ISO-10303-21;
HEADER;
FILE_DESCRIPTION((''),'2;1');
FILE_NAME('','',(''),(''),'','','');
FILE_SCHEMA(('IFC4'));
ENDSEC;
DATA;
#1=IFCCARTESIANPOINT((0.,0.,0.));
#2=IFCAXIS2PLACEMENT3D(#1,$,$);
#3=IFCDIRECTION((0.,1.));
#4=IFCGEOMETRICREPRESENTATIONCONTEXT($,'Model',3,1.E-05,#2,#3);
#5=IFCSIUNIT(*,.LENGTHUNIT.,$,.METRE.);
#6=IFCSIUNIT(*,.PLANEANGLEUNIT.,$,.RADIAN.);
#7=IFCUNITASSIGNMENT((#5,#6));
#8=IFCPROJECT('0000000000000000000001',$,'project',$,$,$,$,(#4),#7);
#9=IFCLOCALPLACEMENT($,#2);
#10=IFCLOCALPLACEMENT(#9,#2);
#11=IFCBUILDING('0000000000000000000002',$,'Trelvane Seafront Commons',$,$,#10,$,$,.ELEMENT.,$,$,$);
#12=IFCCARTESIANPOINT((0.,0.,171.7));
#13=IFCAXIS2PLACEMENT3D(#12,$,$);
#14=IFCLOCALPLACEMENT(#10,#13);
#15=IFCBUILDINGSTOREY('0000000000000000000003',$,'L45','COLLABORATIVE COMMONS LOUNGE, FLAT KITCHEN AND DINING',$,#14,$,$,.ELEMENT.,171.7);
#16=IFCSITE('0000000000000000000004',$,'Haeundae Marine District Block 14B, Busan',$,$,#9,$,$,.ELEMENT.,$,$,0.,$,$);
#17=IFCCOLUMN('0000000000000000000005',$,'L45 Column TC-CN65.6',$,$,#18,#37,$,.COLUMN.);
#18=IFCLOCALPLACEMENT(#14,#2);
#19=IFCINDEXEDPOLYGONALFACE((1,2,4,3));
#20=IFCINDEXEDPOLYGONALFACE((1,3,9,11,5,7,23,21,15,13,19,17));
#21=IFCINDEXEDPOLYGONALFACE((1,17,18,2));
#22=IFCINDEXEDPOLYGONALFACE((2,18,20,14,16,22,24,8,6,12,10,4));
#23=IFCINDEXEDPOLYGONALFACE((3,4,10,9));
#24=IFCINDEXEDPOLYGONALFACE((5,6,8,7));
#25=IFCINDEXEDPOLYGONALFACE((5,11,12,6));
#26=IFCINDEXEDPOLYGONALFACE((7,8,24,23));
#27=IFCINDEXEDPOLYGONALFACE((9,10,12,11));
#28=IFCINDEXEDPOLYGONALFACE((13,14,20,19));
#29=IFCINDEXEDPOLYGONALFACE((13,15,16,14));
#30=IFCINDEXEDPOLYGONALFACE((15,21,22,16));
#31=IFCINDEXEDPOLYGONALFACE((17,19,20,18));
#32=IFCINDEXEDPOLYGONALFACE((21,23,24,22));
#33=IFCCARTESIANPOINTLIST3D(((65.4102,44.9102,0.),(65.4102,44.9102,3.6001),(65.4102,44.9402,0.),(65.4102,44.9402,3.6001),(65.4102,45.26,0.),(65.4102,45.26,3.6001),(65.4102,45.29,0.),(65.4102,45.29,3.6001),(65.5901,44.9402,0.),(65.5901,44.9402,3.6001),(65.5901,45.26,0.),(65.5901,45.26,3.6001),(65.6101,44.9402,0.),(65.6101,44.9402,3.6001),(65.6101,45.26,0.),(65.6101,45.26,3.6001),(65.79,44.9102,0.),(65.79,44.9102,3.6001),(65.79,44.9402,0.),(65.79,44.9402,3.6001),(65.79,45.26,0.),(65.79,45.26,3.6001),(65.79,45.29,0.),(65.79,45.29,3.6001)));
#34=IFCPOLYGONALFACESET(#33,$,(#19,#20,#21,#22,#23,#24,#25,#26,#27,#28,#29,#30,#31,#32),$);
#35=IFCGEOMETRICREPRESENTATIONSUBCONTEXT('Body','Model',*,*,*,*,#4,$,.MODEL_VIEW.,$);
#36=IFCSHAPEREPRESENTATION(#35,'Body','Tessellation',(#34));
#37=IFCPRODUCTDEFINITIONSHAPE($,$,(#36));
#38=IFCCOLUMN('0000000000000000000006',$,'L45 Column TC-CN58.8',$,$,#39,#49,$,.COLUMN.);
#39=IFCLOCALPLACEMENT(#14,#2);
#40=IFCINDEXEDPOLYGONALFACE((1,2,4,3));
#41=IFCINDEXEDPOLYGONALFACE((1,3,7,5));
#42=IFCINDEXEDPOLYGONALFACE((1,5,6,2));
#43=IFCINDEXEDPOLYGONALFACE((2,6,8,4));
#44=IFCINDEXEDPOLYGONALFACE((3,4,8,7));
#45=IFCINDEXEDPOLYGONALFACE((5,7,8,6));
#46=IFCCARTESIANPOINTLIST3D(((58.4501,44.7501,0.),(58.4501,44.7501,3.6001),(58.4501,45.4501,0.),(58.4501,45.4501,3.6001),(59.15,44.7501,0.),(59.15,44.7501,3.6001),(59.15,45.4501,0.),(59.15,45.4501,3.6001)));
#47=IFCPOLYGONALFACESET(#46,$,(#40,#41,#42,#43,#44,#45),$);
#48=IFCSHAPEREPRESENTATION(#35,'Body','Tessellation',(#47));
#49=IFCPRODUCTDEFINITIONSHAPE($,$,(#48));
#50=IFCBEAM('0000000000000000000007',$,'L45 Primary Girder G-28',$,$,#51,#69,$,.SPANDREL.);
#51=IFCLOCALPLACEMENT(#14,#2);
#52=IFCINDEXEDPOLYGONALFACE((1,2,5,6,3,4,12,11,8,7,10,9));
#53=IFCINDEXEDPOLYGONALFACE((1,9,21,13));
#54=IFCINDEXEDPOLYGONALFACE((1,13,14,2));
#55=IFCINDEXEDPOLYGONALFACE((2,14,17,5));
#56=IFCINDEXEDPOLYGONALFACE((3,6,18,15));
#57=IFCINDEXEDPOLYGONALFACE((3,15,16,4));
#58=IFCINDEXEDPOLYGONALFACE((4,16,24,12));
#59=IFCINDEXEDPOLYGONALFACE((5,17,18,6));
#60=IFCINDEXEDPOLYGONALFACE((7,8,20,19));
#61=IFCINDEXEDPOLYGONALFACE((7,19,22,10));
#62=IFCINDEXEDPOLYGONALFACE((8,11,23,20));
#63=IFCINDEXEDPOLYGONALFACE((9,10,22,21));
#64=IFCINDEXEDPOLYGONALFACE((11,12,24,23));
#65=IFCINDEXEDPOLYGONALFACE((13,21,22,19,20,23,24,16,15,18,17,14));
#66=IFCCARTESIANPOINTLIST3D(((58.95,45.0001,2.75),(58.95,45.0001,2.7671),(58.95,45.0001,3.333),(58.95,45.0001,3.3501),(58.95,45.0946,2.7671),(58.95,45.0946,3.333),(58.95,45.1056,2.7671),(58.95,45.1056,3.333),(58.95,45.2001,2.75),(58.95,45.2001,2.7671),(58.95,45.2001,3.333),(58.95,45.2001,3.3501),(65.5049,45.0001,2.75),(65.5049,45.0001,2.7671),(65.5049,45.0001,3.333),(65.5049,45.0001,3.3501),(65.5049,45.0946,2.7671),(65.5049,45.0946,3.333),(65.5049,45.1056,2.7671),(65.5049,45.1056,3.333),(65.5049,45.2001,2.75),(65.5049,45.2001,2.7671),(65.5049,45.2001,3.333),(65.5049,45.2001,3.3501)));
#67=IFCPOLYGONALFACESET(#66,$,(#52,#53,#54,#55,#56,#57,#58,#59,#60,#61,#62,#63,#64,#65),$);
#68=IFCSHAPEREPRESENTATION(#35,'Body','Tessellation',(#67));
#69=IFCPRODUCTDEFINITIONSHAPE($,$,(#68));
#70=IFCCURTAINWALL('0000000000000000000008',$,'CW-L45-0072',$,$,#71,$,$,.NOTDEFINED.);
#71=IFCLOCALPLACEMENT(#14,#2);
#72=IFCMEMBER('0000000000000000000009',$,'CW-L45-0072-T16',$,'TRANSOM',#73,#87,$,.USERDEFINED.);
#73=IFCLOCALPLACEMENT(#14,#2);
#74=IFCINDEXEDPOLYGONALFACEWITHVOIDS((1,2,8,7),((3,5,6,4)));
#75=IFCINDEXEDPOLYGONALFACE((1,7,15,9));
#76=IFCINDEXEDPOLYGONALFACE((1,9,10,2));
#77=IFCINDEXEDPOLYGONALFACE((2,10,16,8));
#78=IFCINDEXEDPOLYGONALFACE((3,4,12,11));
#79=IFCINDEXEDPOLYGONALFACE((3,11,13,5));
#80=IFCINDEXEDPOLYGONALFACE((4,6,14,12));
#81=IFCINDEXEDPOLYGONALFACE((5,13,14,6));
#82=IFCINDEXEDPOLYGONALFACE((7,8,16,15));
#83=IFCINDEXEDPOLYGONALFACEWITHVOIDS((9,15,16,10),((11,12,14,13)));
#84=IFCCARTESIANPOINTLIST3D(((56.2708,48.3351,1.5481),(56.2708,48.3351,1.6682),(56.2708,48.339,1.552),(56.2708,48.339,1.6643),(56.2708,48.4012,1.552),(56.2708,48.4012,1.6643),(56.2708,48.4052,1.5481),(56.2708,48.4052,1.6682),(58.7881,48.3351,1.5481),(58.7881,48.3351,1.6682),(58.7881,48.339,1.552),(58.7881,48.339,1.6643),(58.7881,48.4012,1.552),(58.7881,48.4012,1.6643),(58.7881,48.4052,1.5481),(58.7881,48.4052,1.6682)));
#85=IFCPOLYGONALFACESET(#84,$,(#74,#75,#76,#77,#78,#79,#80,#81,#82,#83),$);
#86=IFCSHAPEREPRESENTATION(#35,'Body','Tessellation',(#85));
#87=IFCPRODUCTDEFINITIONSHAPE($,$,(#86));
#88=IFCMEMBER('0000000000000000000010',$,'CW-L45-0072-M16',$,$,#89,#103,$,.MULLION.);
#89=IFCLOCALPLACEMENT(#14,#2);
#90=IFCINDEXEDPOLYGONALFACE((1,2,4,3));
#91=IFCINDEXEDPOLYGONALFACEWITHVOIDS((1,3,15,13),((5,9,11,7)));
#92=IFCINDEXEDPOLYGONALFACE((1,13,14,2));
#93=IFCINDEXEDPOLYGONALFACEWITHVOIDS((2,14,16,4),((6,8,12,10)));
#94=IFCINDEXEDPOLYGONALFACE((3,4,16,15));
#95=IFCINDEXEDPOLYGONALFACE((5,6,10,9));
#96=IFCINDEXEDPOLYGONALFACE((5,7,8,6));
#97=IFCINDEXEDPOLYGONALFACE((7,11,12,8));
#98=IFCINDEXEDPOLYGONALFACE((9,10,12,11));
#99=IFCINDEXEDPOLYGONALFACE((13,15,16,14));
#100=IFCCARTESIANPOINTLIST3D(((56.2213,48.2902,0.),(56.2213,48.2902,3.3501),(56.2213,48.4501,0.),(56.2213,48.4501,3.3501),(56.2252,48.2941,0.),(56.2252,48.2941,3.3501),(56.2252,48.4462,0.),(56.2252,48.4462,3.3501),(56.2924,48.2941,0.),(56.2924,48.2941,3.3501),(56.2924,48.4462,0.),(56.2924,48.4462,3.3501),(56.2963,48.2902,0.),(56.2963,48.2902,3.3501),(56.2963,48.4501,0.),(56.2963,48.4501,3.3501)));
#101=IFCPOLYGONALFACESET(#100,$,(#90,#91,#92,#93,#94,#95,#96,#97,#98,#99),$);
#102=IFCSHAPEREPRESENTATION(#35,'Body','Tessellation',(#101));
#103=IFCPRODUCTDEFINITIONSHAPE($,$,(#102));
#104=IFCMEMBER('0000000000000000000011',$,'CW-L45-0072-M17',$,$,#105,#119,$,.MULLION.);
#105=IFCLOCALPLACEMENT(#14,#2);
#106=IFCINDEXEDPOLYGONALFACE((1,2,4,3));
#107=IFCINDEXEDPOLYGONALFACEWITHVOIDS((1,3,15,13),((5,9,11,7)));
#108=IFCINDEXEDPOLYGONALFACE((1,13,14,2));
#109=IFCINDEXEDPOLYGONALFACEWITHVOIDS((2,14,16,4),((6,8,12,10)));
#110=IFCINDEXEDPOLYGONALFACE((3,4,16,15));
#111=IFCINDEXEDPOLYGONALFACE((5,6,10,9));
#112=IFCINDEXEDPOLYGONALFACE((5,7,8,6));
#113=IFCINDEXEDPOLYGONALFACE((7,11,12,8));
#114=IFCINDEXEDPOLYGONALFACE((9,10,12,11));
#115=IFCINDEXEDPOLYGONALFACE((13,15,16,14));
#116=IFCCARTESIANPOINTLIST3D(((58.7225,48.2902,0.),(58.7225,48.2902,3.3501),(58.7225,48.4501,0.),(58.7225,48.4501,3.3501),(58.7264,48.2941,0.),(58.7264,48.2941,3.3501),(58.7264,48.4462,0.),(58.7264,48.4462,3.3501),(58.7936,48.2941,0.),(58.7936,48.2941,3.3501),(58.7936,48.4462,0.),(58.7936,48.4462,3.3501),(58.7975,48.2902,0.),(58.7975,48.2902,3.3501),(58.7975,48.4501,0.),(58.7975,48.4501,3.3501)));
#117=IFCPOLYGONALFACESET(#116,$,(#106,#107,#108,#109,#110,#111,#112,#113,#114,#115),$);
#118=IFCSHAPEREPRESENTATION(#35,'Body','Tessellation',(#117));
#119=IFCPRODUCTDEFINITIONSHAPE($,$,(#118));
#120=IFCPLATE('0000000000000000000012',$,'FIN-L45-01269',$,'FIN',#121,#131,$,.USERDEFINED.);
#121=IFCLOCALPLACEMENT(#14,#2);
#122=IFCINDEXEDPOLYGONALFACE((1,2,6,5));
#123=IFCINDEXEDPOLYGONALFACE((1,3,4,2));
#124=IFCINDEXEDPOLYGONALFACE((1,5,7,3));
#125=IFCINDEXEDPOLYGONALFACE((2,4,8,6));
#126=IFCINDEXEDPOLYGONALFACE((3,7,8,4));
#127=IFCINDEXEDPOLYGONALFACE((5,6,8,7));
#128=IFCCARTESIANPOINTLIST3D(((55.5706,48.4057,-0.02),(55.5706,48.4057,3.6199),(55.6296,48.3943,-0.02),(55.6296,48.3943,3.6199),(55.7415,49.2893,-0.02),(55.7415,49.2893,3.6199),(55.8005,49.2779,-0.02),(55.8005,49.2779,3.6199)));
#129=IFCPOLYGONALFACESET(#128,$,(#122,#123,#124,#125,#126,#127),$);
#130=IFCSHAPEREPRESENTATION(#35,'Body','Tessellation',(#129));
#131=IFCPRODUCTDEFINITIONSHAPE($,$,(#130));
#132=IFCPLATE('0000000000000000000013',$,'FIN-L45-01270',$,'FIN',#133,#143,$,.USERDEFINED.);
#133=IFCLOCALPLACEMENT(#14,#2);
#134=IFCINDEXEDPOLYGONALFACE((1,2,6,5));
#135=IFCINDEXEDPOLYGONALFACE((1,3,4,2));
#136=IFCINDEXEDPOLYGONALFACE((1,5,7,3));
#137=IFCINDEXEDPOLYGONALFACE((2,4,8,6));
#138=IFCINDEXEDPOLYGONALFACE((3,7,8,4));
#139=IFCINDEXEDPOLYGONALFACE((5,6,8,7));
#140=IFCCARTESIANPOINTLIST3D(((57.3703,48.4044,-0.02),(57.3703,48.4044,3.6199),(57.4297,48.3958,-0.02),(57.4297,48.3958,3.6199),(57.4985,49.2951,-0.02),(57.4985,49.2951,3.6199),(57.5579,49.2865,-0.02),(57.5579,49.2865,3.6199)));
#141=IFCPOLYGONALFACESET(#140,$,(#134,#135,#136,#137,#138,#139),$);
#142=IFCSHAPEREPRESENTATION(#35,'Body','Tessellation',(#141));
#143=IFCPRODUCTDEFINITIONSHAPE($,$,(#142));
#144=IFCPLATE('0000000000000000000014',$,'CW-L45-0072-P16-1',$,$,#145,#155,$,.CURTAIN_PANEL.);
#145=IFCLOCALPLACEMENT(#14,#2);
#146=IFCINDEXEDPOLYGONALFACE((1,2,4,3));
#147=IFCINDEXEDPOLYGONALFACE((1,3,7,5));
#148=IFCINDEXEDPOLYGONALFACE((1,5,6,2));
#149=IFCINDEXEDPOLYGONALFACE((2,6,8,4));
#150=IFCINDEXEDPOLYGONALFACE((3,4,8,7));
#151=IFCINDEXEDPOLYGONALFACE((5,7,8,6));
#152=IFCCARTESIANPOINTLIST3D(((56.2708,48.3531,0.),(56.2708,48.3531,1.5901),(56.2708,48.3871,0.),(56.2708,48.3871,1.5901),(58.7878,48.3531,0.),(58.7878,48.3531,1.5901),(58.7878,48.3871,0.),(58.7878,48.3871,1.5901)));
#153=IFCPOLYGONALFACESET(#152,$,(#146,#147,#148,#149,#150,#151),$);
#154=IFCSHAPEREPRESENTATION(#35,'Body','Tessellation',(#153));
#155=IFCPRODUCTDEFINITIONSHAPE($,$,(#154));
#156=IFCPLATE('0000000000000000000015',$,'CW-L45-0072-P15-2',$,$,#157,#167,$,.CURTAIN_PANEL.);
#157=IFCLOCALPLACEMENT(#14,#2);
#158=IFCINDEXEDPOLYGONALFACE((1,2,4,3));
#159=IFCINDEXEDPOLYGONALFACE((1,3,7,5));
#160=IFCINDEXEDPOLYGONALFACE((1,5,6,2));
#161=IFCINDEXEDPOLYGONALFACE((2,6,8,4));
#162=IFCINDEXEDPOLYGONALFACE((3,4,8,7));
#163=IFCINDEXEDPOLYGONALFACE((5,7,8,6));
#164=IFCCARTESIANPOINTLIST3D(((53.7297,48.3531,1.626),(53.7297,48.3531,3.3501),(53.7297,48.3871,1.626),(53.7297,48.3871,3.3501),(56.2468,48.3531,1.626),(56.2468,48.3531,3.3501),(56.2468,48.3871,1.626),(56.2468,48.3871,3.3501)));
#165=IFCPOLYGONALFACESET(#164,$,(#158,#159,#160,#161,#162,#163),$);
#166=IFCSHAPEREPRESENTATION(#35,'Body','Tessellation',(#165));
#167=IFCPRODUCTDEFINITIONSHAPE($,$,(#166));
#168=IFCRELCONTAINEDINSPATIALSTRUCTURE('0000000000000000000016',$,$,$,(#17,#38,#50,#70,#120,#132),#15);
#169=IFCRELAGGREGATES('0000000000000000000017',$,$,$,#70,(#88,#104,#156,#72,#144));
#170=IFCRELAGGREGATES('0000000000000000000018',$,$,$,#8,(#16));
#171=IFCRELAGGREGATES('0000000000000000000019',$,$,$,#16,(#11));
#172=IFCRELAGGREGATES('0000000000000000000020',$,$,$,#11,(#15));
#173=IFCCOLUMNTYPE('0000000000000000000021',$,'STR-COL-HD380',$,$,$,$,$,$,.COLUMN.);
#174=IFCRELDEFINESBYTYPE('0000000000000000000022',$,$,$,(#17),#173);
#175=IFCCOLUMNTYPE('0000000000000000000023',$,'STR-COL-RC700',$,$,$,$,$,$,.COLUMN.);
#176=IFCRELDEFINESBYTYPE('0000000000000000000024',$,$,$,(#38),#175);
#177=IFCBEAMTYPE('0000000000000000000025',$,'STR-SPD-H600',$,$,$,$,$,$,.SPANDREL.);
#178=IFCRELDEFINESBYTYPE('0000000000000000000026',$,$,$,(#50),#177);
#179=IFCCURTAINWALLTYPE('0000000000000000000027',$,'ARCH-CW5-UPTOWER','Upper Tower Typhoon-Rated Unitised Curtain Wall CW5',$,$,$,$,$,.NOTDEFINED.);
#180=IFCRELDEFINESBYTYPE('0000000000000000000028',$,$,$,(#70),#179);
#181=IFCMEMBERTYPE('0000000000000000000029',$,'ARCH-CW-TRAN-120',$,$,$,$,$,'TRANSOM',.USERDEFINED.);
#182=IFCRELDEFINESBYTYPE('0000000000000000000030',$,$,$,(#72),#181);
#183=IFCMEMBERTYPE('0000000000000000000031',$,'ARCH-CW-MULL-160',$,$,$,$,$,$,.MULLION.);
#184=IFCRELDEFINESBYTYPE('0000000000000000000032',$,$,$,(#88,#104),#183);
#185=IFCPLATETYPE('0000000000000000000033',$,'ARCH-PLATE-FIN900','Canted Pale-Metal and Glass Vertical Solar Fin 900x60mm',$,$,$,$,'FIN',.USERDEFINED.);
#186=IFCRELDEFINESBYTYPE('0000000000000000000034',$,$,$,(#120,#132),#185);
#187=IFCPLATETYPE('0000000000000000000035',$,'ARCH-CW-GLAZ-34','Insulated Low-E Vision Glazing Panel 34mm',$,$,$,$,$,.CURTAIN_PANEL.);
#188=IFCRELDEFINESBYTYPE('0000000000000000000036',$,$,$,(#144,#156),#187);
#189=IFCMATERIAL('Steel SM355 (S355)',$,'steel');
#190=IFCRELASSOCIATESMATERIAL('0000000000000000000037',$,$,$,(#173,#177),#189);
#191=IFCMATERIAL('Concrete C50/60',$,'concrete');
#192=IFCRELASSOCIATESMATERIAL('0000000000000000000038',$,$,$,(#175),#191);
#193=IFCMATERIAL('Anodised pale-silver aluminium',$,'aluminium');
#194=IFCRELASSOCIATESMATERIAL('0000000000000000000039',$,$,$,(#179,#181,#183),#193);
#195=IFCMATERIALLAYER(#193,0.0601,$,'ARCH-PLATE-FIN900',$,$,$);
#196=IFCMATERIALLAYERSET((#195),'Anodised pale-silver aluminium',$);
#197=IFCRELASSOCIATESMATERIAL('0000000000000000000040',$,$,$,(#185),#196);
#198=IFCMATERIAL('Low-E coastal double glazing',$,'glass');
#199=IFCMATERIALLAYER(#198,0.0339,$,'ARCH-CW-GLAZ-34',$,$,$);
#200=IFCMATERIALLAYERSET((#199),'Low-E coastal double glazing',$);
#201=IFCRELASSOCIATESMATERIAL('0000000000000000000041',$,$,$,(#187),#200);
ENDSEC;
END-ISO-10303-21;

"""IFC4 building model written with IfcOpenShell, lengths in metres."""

from ifc_helpers import new_model, si_unit, direction, frame, origin, origin_2d, place, context, subcontext, project, spatial, rectangle, hollow_rectangle, i_section, extrude, source, transform, mapped, material, layer, layer_set, material_profile, profile_set, type_object, element, aggregate, save


model = new_model("IFC4")

# Units and contexts
model_context = context("Model", 3, precision=1e-05, world=origin(), true_north=direction((0.0, 1.0)))
body_context = subcontext(model_context, "Body", "Model", "MODEL_VIEW")
ifc_project = project(units=[si_unit("LENGTHUNIT", "METRE"), si_unit("PLANEANGLEUNIT", "RADIAN")], contexts=[model_context])

# Site, building, storey
site_placement = place(None, origin())
site = spatial("IfcSite", under=ifc_project, at=site_placement, Name="Haeundae Marine District Block 14B, Busan", CompositionType="ELEMENT", RefElevation=0.0)
building_placement = place(site_placement, origin())
building = spatial("IfcBuilding", under=site, at=building_placement, Name="Trelvane Seafront Commons", CompositionType="ELEMENT")
storey_placement = place(building_placement, frame((0.0, 0.0, 171.7)))
storey = spatial("IfcBuildingStorey", under=building, at=storey_placement, Name="L45", Description="COLLABORATIVE COMMONS LOUNGE, FLAT KITCHEN AND DINING", CompositionType="ELEMENT", Elevation=171.7)

# Columns
ifc_material_1 = material(Name="Steel SM355 (S355)", Category="steel")
ifc_material_profile_1 = material_profile(ifc_material_1, i_section(OverallWidth=0.3799, OverallDepth=0.3799, WebThickness=0.02, FlangeThickness=0.03, at=origin_2d()), Name="HD-380x380x20x30")
ifc_profile_set_1 = profile_set([ifc_material_profile_1], Name="Steel SM355 (S355)")
column_type_1 = type_object("IfcColumnType", Name="STR-COL-HD380", PredefinedType="COLUMN", material=ifc_profile_set_1)
shared_shape_1 = source(origin(), body_context, "Body", "SweptSolid", [
    extrude(i_section(OverallWidth=0.3799, OverallDepth=0.3799, WebThickness=0.02, FlangeThickness=0.03, at=origin_2d()), origin(), (0.0, 0.0, 1.0), 3.6001),
])
column_1_placement = place(storey_placement, frame((65.6001, 45.1001, 0.0), z_axis=(0.0, 0.0, 1.0), x_axis=(1.0, 0.0, 0.0)))
element("IfcColumn", 1, at=column_1_placement, inside=storey, type_object=column_type_1, Name="L45 Column TC-CN65.6", PredefinedType="COLUMN", context=body_context, shape_type="MappedRepresentation", body=[
    mapped(shared_shape_1, transform((0.0, 0.0, 0.0), x_axis=(1.0, 0.0, 0.0), y_axis=(0.0, 1.0, 0.0), z_axis=(0.0, 0.0, 1.0), scale=1.0)),
])
ifc_material_2 = material(Name="Concrete C50/60", Category="concrete")
ifc_material_profile_2 = material_profile(ifc_material_2, rectangle(XDim=0.7, YDim=0.7, at=origin_2d()), Name="RC-700x700")
ifc_profile_set_2 = profile_set([ifc_material_profile_2], Name="Concrete C50/60")
column_type_2 = type_object("IfcColumnType", Name="STR-COL-RC700", PredefinedType="COLUMN", material=ifc_profile_set_2)
shared_shape_2 = source(origin(), body_context, "Body", "SweptSolid", [
    extrude(rectangle(XDim=0.7, YDim=0.7, at=origin_2d()), origin(), (0.0, 0.0, 1.0), 3.6001),
])
column_2_placement = place(storey_placement, frame((58.8, 45.1001, 0.0), z_axis=(0.0, 0.0, 1.0), x_axis=(1.0, 0.0, 0.0)))
element("IfcColumn", 2, at=column_2_placement, inside=storey, type_object=column_type_2, Name="L45 Column TC-CN58.8", PredefinedType="COLUMN", context=body_context, shape_type="MappedRepresentation", body=[
    mapped(shared_shape_2, transform((0.0, 0.0, 0.0), x_axis=(1.0, 0.0, 0.0), y_axis=(0.0, 1.0, 0.0), z_axis=(0.0, 0.0, 1.0), scale=1.0)),
])

# Beam
ifc_material_profile_3 = material_profile(ifc_material_1, i_section(OverallWidth=0.2, OverallDepth=0.6001, WebThickness=0.011, FlangeThickness=0.0171, at=origin_2d()), Name="H-600x200x11x17")
ifc_profile_set_3 = profile_set([ifc_material_profile_3], Name="Steel SM355 (S355)")
beam_type = type_object("IfcBeamType", Name="STR-SPD-H600", PredefinedType="SPANDREL", material=ifc_profile_set_3)
shared_shape_3 = source(origin(), body_context, "Body", "SweptSolid", [
    extrude(i_section(OverallWidth=0.2, OverallDepth=0.6001, WebThickness=0.011, FlangeThickness=0.0171, at=origin_2d()), origin(), (0.0, 0.0, 1.0), 6.5549),
])
beam_placement = place(storey_placement, frame((58.95, 45.1001, 3.05), z_axis=(1.0, 0.0, 0.0), x_axis=(0.0, 1.0, 0.0)))
element("IfcBeam", 3, at=beam_placement, inside=storey, type_object=beam_type, Name="L45 Primary Girder G-28", PredefinedType="SPANDREL", context=body_context, shape_type="MappedRepresentation", body=[
    mapped(shared_shape_3, transform((0.0, 0.0, 0.0), x_axis=(1.0, 0.0, 0.0), y_axis=(0.0, 1.0, 0.0), z_axis=(0.0, 0.0, 1.0), scale=1.0)),
])

# Curtain wall, members
ifc_material_3 = material(Name="Anodised pale-silver aluminium", Category="aluminium")
curtain_wall_type = type_object("IfcCurtainWallType", Name="ARCH-CW5-UPTOWER", Description="Upper Tower Typhoon-Rated Unitised Curtain Wall CW5", PredefinedType="NOTDEFINED", material=ifc_material_3)
curtain_wall_placement = place(storey_placement, origin())
curtain_wall = element("IfcCurtainWall", 4, at=curtain_wall_placement, inside=storey, type_object=curtain_wall_type, Name="CW-L45-0072", PredefinedType="NOTDEFINED")
ifc_material_profile_4 = material_profile(ifc_material_3, hollow_rectangle(XDim=0.0701, YDim=0.1201, WallThickness=0.0039, at=origin_2d()), Name="TRAN-70x120x4")
ifc_profile_set_4 = profile_set([ifc_material_profile_4], Name="Anodised pale-silver aluminium")
member_type_1 = type_object("IfcMemberType", Name="ARCH-CW-TRAN-120", ElementType="TRANSOM", PredefinedType="USERDEFINED", material=ifc_profile_set_4)
shared_shape_4 = source(origin(), body_context, "Body", "SweptSolid", [
    extrude(hollow_rectangle(XDim=0.0701, YDim=0.1201, WallThickness=0.0039, at=origin_2d()), origin(), (0.0, 0.0, 1.0), 2.5173),
])
member_1_placement = place(storey_placement, frame((56.2708, 48.3701, 1.6082), z_axis=(1.0, 0.0, 0.0), x_axis=(0.0, 1.0, 0.0)))
member_1 = element("IfcMember", 5, at=member_1_placement, type_object=member_type_1, Name="CW-L45-0072-T16", ObjectType="TRANSOM", PredefinedType="USERDEFINED", context=body_context, shape_type="MappedRepresentation", body=[
    mapped(shared_shape_4, transform((0.0, 0.0, 0.0), x_axis=(1.0, 0.0, 0.0), y_axis=(0.0, 1.0, 0.0), z_axis=(0.0, 0.0, 1.0), scale=1.0)),
])
ifc_material_profile_5 = material_profile(ifc_material_3, hollow_rectangle(XDim=0.075, YDim=0.1599, WallThickness=0.0039, at=origin_2d()), Name="MULL-75x160x4")
ifc_profile_set_5 = profile_set([ifc_material_profile_5], Name="Anodised pale-silver aluminium")
member_type_2 = type_object("IfcMemberType", Name="ARCH-CW-MULL-160", PredefinedType="MULLION", material=ifc_profile_set_5)
shared_shape_5 = source(origin(), body_context, "Body", "SweptSolid", [
    extrude(hollow_rectangle(XDim=0.075, YDim=0.1599, WallThickness=0.0039, at=origin_2d()), origin(), (0.0, 0.0, 1.0), 3.3501),
])
member_2_placement = place(storey_placement, frame((56.2588, 48.3701, 0.0), z_axis=(0.0, 0.0, 1.0), x_axis=(1.0, 0.0, 0.0)))
member_2 = element("IfcMember", 6, at=member_2_placement, type_object=member_type_2, Name="CW-L45-0072-M16", PredefinedType="MULLION", context=body_context, shape_type="MappedRepresentation", body=[
    mapped(shared_shape_5, transform((0.0, 0.0, 0.0), x_axis=(1.0, 0.0, 0.0), y_axis=(0.0, 1.0, 0.0), z_axis=(0.0, 0.0, 1.0), scale=1.0)),
])
member_3_placement = place(storey_placement, frame((58.76, 48.3701, 0.0), z_axis=(0.0, 0.0, 1.0), x_axis=(1.0, 0.0, 0.0)))
member_3 = element("IfcMember", 7, at=member_3_placement, type_object=member_type_2, Name="CW-L45-0072-M17", PredefinedType="MULLION", context=body_context, shape_type="MappedRepresentation", body=[
    mapped(shared_shape_5, transform((0.0, 0.0, 0.0), x_axis=(1.0, 0.0, 0.0), y_axis=(0.0, 1.0, 0.0), z_axis=(0.0, 0.0, 1.0), scale=1.0)),
])

# Plates
ifc_layer_1 = layer(ifc_material_3, 0.0601, Name="ARCH-PLATE-FIN900")
ifc_layer_set_1 = layer_set([ifc_layer_1], Name="Anodised pale-silver aluminium")
plate_type_1 = type_object("IfcPlateType", Name="ARCH-PLATE-FIN900", Description="Canted Pale-Metal and Glass Vertical Solar Fin 900x60mm", ElementType="FIN", PredefinedType="USERDEFINED", material=ifc_layer_set_1)
shared_shape_6 = source(origin(), body_context, "Body", "SweptSolid", [
    extrude(rectangle(XDim=0.8999, YDim=0.0601, at=origin_2d()), origin(), (0.0, 0.0, 1.0), 3.6399),
])
for number, where, z_axis, x_axis, name in (
    (8, (55.6855, 48.8418, -0.02), (0.0, 0.0, 1.0), (0.189894, 0.981805, 0.0), "FIN-L45-01269"),
    (9, (57.4641, 48.8455, -0.02), (0.0, 0.0, 1.0), (0.142448, 0.989802, 0.0), "FIN-L45-01270"),
):
    element("IfcPlate", number, at=place(storey_placement, frame(where, z_axis=z_axis, x_axis=x_axis)), inside=storey, type_object=plate_type_1, Name=name, ObjectType="FIN", PredefinedType="USERDEFINED", context=body_context, shape_type="MappedRepresentation", body=[
        mapped(shared_shape_6, transform((0.0, 0.0, 0.0), x_axis=(1.0, 0.0, 0.0), y_axis=(0.0, 1.0, 0.0), z_axis=(0.0, 0.0, 1.0), scale=1.0)),
    ])

# Plates
ifc_material_4 = material(Name="Low-E coastal double glazing", Category="glass")
ifc_layer_2 = layer(ifc_material_4, 0.0339, Name="ARCH-CW-GLAZ-34")
ifc_layer_set_2 = layer_set([ifc_layer_2], Name="Low-E coastal double glazing")
plate_type_2 = type_object("IfcPlateType", Name="ARCH-CW-GLAZ-34", Description="Insulated Low-E Vision Glazing Panel 34mm", PredefinedType="CURTAIN_PANEL", material=ifc_layer_set_2)
shared_shape_7 = source(origin(), body_context, "Body", "SweptSolid", [
    extrude(rectangle(XDim=2.5171, YDim=0.0339, at=origin_2d()), origin(), (0.0, 0.0, 1.0), 1.5901),
])
plate_1_placement = place(storey_placement, frame((57.5293, 48.3701, 0.0), z_axis=(0.0, 0.0, 1.0), x_axis=(1.0, 0.0, 0.0)))
plate_1 = element("IfcPlate", 10, at=plate_1_placement, type_object=plate_type_2, Name="CW-L45-0072-P16-1", PredefinedType="CURTAIN_PANEL", context=body_context, shape_type="MappedRepresentation", body=[
    mapped(shared_shape_7, transform((0.0, 0.0, 0.0), x_axis=(1.0, 0.0, 0.0), y_axis=(0.0, 1.0, 0.0), z_axis=(0.0, 0.0, 1.0), scale=1.0)),
])
shared_shape_8 = source(origin(), body_context, "Body", "SweptSolid", [
    extrude(rectangle(XDim=2.5171, YDim=0.0339, at=origin_2d()), origin(), (0.0, 0.0, 1.0), 1.7241),
])
plate_2_placement = place(storey_placement, frame((54.9883, 48.3701, 1.626), z_axis=(0.0, 0.0, 1.0), x_axis=(1.0, 0.0, 0.0)))
plate_2 = element("IfcPlate", 11, at=plate_2_placement, type_object=plate_type_2, Name="CW-L45-0072-P15-2", PredefinedType="CURTAIN_PANEL", context=body_context, shape_type="MappedRepresentation", body=[
    mapped(shared_shape_8, transform((0.0, 0.0, 0.0), x_axis=(1.0, 0.0, 0.0), y_axis=(0.0, 1.0, 0.0), z_axis=(0.0, 0.0, 1.0), scale=1.0)),
])
aggregate(curtain_wall, [member_2, member_3, plate_2, member_1, plate_1])

save(model, "model.ifc")
